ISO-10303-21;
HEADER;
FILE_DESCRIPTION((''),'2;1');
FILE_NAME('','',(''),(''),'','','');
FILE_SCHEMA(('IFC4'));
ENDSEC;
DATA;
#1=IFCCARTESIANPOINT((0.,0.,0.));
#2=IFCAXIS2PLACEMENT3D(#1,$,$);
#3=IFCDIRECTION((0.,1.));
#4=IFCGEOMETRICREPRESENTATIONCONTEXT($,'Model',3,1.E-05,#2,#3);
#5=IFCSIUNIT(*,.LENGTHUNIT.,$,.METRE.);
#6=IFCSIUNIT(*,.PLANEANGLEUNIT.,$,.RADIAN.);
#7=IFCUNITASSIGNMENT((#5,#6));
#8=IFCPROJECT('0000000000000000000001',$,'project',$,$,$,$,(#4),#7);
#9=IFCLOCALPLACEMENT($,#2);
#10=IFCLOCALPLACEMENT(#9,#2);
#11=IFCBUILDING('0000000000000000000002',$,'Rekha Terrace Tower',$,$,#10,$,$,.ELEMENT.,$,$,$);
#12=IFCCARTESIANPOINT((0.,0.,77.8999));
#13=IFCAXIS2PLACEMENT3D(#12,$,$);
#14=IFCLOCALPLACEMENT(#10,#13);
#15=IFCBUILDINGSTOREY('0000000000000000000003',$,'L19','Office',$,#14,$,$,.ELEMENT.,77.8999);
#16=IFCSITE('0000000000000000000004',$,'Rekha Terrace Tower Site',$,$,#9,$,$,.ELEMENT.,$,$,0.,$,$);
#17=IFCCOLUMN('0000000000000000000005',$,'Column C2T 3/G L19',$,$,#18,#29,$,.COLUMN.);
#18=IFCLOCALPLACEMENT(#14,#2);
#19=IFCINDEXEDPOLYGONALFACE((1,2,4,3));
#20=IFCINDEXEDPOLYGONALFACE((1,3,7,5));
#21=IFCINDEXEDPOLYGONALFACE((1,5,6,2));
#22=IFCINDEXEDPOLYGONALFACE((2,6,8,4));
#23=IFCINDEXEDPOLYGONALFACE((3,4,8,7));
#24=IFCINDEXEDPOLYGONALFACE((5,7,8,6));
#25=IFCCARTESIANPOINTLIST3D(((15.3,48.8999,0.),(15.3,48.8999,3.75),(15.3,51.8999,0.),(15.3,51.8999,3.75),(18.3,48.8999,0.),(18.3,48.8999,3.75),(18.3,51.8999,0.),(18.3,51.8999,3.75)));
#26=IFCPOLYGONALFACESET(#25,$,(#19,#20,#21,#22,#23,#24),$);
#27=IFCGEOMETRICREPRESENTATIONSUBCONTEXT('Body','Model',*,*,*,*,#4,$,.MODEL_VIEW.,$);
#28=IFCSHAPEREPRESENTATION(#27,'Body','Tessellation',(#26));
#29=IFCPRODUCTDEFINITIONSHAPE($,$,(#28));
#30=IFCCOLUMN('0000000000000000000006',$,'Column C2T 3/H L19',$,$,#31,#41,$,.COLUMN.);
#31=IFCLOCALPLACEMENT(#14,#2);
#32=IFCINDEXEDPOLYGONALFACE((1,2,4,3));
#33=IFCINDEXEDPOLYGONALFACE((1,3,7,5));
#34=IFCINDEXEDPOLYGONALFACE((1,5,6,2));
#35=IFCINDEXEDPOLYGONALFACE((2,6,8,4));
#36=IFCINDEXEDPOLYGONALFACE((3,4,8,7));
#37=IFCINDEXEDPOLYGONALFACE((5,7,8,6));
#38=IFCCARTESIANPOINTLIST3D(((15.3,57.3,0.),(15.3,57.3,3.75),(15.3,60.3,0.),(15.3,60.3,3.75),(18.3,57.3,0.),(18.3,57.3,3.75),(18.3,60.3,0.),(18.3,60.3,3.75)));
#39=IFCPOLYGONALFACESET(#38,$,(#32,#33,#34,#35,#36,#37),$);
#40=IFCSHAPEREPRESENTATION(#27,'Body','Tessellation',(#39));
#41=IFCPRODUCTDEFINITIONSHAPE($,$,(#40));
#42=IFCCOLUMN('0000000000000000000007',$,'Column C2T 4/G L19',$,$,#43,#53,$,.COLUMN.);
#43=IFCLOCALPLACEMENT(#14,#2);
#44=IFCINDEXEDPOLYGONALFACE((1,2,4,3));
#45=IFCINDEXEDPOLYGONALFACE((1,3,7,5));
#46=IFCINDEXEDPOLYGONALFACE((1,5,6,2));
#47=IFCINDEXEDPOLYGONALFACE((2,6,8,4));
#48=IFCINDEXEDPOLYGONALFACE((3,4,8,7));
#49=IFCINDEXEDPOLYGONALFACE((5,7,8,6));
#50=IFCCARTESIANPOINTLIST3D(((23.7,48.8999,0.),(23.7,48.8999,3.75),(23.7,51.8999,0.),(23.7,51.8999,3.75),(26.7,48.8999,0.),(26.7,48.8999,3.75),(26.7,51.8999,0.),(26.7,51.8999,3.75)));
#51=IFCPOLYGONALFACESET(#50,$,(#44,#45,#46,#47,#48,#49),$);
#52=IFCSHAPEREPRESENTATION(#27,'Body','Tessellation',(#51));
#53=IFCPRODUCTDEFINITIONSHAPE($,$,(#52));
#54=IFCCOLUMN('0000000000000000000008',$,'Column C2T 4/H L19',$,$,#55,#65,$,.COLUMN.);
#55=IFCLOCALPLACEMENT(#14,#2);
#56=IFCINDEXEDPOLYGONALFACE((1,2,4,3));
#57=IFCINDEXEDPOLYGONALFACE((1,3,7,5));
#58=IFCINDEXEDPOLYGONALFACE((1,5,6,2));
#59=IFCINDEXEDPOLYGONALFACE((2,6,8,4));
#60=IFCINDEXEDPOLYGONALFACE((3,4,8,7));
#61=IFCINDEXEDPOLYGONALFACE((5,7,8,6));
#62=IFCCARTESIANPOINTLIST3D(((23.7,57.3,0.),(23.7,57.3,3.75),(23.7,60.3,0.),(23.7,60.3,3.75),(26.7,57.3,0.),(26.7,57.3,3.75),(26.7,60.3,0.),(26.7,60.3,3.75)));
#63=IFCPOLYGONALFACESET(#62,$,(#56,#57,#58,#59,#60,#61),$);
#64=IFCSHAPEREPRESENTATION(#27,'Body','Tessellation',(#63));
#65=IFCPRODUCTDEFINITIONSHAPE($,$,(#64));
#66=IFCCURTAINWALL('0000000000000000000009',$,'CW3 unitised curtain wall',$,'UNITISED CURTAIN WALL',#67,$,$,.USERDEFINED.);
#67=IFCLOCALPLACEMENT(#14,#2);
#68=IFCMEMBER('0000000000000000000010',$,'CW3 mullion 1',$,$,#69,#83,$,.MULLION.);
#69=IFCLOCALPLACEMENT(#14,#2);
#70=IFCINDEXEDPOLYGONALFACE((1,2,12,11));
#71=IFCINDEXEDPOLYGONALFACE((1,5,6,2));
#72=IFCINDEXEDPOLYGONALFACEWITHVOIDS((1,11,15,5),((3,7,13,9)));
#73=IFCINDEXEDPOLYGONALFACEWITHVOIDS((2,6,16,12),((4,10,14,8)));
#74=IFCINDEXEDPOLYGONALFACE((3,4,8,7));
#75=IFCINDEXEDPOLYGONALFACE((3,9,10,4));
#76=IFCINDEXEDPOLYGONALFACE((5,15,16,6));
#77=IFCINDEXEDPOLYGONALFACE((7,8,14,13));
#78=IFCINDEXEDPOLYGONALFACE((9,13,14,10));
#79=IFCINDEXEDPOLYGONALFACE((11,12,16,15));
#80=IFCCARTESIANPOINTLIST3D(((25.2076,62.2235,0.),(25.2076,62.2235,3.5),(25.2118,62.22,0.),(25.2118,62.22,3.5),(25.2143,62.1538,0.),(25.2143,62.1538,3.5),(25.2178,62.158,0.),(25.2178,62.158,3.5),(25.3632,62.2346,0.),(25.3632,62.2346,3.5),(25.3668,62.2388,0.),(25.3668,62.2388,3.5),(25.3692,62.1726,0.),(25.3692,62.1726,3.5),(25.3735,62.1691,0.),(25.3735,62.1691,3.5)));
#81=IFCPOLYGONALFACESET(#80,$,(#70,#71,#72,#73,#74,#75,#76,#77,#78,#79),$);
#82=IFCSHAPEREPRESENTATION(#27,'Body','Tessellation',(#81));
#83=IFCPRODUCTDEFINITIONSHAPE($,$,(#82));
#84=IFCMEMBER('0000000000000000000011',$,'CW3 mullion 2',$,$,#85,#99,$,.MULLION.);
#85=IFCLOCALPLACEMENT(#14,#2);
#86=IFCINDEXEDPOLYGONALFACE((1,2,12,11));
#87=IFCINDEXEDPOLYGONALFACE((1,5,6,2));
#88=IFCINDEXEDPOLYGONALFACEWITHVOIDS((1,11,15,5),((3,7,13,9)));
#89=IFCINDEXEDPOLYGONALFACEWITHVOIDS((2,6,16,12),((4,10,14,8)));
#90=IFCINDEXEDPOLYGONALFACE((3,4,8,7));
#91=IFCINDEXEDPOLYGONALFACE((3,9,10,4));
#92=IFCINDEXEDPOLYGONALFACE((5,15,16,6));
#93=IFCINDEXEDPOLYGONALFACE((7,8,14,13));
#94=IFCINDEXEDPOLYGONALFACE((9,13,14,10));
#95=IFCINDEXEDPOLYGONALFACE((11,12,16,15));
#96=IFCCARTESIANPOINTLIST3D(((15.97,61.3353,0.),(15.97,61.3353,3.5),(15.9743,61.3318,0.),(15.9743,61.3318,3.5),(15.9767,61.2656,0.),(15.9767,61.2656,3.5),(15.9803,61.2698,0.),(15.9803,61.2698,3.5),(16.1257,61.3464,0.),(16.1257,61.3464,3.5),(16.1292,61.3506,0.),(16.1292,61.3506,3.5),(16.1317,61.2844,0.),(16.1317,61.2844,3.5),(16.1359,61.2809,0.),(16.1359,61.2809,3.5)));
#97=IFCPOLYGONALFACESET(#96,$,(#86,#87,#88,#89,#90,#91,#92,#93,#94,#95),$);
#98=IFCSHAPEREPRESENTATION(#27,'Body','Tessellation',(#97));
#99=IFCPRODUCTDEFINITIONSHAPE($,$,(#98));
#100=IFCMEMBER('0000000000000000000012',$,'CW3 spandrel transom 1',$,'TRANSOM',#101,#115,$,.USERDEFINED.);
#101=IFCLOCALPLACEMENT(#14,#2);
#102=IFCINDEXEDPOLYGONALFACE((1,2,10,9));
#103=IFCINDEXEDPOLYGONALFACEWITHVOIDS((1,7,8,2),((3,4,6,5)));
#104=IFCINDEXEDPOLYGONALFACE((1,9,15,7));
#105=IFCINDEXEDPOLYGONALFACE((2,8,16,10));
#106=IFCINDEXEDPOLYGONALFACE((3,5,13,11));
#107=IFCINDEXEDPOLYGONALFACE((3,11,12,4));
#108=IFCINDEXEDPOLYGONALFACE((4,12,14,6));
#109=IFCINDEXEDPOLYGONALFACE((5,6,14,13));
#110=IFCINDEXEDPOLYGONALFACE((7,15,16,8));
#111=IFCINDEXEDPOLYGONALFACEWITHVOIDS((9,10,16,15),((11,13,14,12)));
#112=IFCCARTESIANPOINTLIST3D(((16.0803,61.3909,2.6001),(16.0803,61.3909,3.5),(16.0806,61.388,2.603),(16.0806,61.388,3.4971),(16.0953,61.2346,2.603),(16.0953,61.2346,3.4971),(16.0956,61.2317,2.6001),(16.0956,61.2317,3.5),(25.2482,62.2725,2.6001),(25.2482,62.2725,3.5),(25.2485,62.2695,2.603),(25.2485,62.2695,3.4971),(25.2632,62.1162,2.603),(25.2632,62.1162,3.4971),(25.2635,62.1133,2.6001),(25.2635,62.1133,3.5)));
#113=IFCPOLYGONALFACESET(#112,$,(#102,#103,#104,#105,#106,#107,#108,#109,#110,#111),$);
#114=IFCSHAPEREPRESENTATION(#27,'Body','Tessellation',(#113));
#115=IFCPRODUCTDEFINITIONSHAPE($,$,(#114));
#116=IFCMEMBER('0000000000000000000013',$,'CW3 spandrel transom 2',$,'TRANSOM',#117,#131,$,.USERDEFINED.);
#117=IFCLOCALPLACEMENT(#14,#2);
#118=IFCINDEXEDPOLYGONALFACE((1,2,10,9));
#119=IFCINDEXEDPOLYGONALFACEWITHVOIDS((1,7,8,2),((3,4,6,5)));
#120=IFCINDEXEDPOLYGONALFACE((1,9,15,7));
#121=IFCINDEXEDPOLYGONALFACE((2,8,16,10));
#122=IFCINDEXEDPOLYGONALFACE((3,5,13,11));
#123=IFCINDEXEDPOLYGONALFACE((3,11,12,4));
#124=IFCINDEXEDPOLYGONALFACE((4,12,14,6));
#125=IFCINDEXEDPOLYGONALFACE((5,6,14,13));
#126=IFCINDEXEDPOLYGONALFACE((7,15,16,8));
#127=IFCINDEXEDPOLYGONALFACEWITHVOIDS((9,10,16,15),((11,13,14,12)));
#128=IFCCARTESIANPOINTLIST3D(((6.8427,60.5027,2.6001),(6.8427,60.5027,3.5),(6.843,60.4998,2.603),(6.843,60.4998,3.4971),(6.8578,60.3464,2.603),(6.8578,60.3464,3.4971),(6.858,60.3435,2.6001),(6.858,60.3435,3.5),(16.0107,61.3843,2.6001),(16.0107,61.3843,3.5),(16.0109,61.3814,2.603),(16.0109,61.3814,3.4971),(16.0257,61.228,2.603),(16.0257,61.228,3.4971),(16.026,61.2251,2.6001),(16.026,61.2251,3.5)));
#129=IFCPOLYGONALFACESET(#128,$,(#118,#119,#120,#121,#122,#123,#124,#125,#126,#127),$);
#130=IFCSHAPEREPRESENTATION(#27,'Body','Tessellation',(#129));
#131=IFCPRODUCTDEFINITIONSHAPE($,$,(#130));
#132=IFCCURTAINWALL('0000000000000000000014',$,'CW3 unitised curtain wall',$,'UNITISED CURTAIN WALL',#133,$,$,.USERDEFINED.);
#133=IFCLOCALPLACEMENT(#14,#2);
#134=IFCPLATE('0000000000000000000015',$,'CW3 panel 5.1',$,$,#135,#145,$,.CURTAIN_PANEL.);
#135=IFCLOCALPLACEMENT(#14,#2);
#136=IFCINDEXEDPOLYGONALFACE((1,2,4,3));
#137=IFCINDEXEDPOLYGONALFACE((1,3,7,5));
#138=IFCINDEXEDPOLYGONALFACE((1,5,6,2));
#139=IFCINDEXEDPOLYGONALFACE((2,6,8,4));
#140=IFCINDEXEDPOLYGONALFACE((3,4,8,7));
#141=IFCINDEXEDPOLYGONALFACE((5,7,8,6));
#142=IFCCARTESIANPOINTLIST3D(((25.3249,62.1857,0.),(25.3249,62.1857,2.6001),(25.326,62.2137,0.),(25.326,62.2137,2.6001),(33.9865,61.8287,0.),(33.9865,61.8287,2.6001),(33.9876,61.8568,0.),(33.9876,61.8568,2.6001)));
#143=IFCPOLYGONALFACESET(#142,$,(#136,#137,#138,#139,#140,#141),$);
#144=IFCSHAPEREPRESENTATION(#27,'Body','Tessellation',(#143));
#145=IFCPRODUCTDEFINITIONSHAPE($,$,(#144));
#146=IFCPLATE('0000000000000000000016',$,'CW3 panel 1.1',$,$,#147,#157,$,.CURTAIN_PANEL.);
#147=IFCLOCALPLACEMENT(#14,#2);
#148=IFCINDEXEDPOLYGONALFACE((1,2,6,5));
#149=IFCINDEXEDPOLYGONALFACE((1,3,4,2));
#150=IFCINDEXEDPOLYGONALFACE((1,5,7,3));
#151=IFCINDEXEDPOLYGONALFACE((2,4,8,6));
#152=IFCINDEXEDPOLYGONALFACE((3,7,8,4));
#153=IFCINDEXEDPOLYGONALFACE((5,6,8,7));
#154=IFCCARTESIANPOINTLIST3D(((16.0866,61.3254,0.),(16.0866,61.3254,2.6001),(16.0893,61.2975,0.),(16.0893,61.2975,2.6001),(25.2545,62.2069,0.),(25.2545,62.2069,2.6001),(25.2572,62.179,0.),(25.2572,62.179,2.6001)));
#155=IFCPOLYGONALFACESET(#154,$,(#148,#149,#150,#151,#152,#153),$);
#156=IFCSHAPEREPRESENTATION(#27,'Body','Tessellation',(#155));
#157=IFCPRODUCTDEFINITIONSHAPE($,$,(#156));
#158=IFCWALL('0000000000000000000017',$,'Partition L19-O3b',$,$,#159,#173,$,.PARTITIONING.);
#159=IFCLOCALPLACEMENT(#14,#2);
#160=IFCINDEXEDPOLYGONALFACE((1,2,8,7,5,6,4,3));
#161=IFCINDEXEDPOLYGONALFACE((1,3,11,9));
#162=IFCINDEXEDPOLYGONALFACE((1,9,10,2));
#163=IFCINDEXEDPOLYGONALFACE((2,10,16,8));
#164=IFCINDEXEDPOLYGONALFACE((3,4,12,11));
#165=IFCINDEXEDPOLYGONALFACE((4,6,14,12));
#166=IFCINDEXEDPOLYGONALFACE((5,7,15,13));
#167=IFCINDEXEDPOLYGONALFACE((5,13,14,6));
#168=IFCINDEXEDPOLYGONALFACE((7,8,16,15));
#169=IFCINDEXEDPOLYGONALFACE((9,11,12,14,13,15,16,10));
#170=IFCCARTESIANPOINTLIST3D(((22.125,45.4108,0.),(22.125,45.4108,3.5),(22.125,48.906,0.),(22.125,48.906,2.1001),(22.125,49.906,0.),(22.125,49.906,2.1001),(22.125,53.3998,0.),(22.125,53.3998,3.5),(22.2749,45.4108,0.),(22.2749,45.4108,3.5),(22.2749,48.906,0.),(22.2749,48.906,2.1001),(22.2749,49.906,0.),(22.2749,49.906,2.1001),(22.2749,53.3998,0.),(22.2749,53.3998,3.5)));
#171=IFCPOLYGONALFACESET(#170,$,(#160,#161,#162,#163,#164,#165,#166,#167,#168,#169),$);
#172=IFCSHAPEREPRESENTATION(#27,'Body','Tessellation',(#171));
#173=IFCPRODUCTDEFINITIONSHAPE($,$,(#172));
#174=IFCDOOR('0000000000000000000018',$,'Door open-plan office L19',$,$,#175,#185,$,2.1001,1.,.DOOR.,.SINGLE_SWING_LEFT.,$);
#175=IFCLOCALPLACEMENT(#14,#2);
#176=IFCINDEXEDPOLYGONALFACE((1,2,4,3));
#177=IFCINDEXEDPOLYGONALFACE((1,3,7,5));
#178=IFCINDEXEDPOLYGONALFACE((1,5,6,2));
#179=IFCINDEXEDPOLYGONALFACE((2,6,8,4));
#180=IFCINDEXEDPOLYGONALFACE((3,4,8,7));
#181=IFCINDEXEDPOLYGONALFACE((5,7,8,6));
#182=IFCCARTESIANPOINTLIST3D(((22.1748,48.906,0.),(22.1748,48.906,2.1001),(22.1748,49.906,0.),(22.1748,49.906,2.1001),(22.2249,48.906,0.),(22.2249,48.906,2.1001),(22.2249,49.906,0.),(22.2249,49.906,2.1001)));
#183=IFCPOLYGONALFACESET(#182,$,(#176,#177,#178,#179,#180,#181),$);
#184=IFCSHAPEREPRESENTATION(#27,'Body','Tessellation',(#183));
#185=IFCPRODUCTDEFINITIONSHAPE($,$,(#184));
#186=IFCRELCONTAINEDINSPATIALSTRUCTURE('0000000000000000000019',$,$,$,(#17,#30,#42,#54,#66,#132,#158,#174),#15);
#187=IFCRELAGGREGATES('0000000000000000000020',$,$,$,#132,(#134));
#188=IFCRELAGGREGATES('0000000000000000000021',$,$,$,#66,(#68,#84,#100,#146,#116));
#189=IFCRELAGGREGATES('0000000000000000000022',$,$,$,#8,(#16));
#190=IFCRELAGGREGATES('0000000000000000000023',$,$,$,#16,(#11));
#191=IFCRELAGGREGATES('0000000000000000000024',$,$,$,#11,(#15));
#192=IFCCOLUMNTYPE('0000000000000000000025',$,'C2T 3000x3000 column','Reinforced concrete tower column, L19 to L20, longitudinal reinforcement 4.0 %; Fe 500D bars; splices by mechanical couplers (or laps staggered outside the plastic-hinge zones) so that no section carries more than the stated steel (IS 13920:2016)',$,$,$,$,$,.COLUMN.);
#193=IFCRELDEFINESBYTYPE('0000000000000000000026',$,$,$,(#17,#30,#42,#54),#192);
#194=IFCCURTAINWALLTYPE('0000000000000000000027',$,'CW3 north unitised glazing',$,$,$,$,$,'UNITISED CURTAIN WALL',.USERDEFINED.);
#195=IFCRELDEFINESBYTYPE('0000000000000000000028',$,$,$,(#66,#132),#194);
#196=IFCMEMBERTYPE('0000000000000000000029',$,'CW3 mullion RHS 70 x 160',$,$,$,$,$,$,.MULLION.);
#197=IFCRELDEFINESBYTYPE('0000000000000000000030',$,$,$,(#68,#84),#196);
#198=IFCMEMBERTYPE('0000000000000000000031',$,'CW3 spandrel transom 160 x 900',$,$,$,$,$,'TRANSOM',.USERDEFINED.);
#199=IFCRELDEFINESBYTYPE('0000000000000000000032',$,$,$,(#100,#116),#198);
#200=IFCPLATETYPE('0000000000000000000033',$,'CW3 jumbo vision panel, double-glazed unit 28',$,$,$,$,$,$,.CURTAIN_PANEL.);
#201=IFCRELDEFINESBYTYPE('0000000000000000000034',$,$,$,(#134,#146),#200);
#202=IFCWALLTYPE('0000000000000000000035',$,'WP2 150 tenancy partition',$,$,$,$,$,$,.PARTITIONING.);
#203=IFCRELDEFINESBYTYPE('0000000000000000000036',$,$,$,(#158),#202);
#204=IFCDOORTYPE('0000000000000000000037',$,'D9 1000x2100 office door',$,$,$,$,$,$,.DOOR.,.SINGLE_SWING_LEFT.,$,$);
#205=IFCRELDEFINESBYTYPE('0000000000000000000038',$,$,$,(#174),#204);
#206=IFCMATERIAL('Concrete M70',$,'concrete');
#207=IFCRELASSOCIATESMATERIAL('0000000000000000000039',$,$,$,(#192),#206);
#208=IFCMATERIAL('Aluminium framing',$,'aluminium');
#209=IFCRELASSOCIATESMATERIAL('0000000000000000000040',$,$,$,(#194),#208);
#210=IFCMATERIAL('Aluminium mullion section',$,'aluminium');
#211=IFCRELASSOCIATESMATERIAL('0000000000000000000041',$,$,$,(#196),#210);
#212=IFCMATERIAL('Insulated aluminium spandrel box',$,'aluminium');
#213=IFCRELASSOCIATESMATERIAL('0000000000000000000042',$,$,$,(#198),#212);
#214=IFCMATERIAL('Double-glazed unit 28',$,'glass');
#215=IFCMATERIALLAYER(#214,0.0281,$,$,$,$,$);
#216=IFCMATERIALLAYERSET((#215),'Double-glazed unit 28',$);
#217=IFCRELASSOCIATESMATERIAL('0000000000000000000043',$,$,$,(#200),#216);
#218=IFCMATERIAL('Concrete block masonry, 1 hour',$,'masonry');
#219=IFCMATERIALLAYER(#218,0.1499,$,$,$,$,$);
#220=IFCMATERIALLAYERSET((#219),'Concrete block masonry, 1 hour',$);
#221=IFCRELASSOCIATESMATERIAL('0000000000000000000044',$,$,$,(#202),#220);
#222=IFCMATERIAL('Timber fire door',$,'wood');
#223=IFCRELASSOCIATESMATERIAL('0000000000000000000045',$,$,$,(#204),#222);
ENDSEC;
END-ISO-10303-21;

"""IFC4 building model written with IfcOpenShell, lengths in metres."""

from ifc_helpers import new_model, si_unit, direction, frame, frame_2d, origin, origin_2d, place, context, subcontext, project, spatial, rectangle, hollow_rectangle, extrude, material, layer, layer_set, material_profile, profile_set, type_object, element, fill, aggregate, save


model = new_model("IFC4")

# Units and contexts
model_context = context("Model", 3, precision=1e-05, world=origin(), true_north=direction((0.0, 1.0)))
body_context = subcontext(model_context, "Body", "Model", "MODEL_VIEW")
ifc_project = project(units=[si_unit("LENGTHUNIT", "METRE"), si_unit("PLANEANGLEUNIT", "RADIAN")], contexts=[model_context])

# Site, building, storey
site_placement = place(None, origin())
site = spatial("IfcSite", under=ifc_project, at=site_placement, Name="Rekha Terrace Tower Site", CompositionType="ELEMENT", RefElevation=0.0)
building_placement = place(site_placement, origin())
building = spatial("IfcBuilding", under=site, at=building_placement, Name="Rekha Terrace Tower", CompositionType="ELEMENT")
storey_placement = place(building_placement, frame((0.0, 0.0, 77.8999)))
storey = spatial("IfcBuildingStorey", under=building, at=storey_placement, Name="L19", Description="Office", CompositionType="ELEMENT", Elevation=77.8999)

# Columns
ifc_material_1 = material(Name="Concrete M70", Category="concrete")
ifc_material_profile_1 = material_profile(ifc_material_1, rectangle(XDim=3.0, YDim=3.0, at=origin_2d()), Name="RC 3000x3000")
ifc_profile_set_1 = profile_set([ifc_material_profile_1], Name="Concrete M70")
column_type = type_object("IfcColumnType", Name="C2T 3000x3000 column", Description="Reinforced concrete tower column, L19 to L20, longitudinal reinforcement 4.0 %; Fe 500D bars; splices by mechanical couplers (or laps staggered outside the plastic-hinge zones) so that no section carries more than the stated steel (IS 13920:2016)", PredefinedType="COLUMN", material=ifc_profile_set_1)
for number, where, z_axis, x_axis, name in (
    (1, (16.8, 50.3999, 0.0), (0.0, 0.0, 1.0), (1.0, 0.0, 0.0), "Column C2T 3/G L19"),
    (2, (16.8, 58.8, 0.0), (0.0, 0.0, 1.0), (1.0, 0.0, 0.0), "Column C2T 3/H L19"),
    (3, (25.2, 50.3999, 0.0), (0.0, 0.0, 1.0), (1.0, 0.0, 0.0), "Column C2T 4/G L19"),
    (4, (25.2, 58.8, 0.0), (0.0, 0.0, 1.0), (1.0, 0.0, 0.0), "Column C2T 4/H L19"),
):
    element("IfcColumn", number, at=place(storey_placement, frame(where, z_axis=z_axis, x_axis=x_axis)), inside=storey, type_object=column_type, Name=name, PredefinedType="COLUMN", context=body_context, shape_type="SweptSolid", body=[
        extrude(rectangle(XDim=3.0, YDim=3.0, at=origin_2d()), origin(), (0.0, 0.0, 1.0), 3.75),
    ])

# Curtain wall, members
ifc_material_2 = material(Name="Aluminium framing", Category="aluminium")
curtain_wall_type = type_object("IfcCurtainWallType", Name="CW3 north unitised glazing", ElementType="UNITISED CURTAIN WALL", PredefinedType="USERDEFINED", material=ifc_material_2)
curtain_wall_1_placement = place(storey_placement, origin())
curtain_wall_1 = element("IfcCurtainWall", 5, at=curtain_wall_1_placement, inside=storey, type_object=curtain_wall_type, Name="CW3 unitised curtain wall", ObjectType="UNITISED CURTAIN WALL", PredefinedType="USERDEFINED")
ifc_material_3 = material(Name="Aluminium mullion section", Category="aluminium")
ifc_material_profile_2 = material_profile(ifc_material_3, hollow_rectangle(XDim=0.0701, YDim=0.1599, WallThickness=0.0039, at=origin_2d()), Name="AL RHS 70x160")
ifc_profile_set_2 = profile_set([ifc_material_profile_2], Name="Aluminium mullion section")
member_type_1 = type_object("IfcMemberType", Name="CW3 mullion RHS 70 x 160", PredefinedType="MULLION", material=ifc_profile_set_2)
member_1_placement = place(storey_placement, frame((25.2905, 62.1963, 0.0), z_axis=(0.0, 0.0, 1.0), x_axis=(0.095712, -0.995409, 0.0)))
member_1 = element("IfcMember", 6, at=member_1_placement, type_object=member_type_1, Name="CW3 mullion 1", PredefinedType="MULLION", context=body_context, shape_type="SweptSolid", body=[
    extrude(hollow_rectangle(XDim=0.0701, YDim=0.1599, WallThickness=0.0039, at=origin_2d()), origin(), (0.0, 0.0, 1.0), 3.5),
])
member_2_placement = place(storey_placement, frame((16.053, 61.3081, 0.0), z_axis=(0.0, 0.0, 1.0), x_axis=(0.095712, -0.995409, 0.0)))
member_2 = element("IfcMember", 7, at=member_2_placement, type_object=member_type_1, Name="CW3 mullion 2", PredefinedType="MULLION", context=body_context, shape_type="SweptSolid", body=[
    extrude(hollow_rectangle(XDim=0.0701, YDim=0.1599, WallThickness=0.0039, at=origin_2d()), origin(), (0.0, 0.0, 1.0), 3.5),
])
ifc_material_4 = material(Name="Insulated aluminium spandrel box", Category="aluminium")
ifc_material_profile_3 = material_profile(ifc_material_4, hollow_rectangle(XDim=0.1599, YDim=0.8999, WallThickness=0.0029, at=origin_2d()), Name="AL SPANDREL BOX 160x900")
ifc_profile_set_3 = profile_set([ifc_material_profile_3], Name="Insulated aluminium spandrel box")
member_type_2 = type_object("IfcMemberType", Name="CW3 spandrel transom 160 x 900", ElementType="TRANSOM", PredefinedType="USERDEFINED", material=ifc_profile_set_3)
member_3_placement = place(storey_placement, frame((25.2559, 62.1929, 3.05), z_axis=(-0.995408, -0.095718, 0.0), x_axis=(0.095718, -0.995408, 0.0)))
member_3 = element("IfcMember", 8, at=member_3_placement, type_object=member_type_2, Name="CW3 spandrel transom 1", ObjectType="TRANSOM", PredefinedType="USERDEFINED", context=body_context, shape_type="SweptSolid", body=[
    extrude(hollow_rectangle(XDim=0.1599, YDim=0.8999, WallThickness=0.0029, at=origin_2d()), origin(), (0.0, 0.0, 1.0), 9.2102),
])
member_4_placement = place(storey_placement, frame((16.0183, 61.3047, 3.05), z_axis=(-0.995408, -0.095718, 0.0), x_axis=(0.095718, -0.995408, 0.0)))
member_4 = element("IfcMember", 9, at=member_4_placement, type_object=member_type_2, Name="CW3 spandrel transom 2", ObjectType="TRANSOM", PredefinedType="USERDEFINED", context=body_context, shape_type="SweptSolid", body=[
    extrude(hollow_rectangle(XDim=0.1599, YDim=0.8999, WallThickness=0.0029, at=origin_2d()), origin(), (0.0, 0.0, 1.0), 9.2102),
])

# Curtain wall, plate
curtain_wall_2_placement = place(storey_placement, origin())
curtain_wall_2 = element("IfcCurtainWall", 10, at=curtain_wall_2_placement, inside=storey, type_object=curtain_wall_type, Name="CW3 unitised curtain wall", ObjectType="UNITISED CURTAIN WALL", PredefinedType="USERDEFINED")
ifc_material_5 = material(Name="Double-glazed unit 28", Category="glass")
ifc_layer_1 = layer(ifc_material_5, 0.0281)
ifc_layer_set_1 = layer_set([ifc_layer_1], Name="Double-glazed unit 28")
plate_type = type_object("IfcPlateType", Name="CW3 jumbo vision panel, double-glazed unit 28", PredefinedType="CURTAIN_PANEL", material=ifc_layer_set_1)
plate_1_placement = place(storey_placement, frame((29.6562, 62.0212, 0.0), z_axis=(0.0, 0.0, 1.0), x_axis=(-0.999152, 0.041174, 0.0)))
plate_1 = element("IfcPlate", 11, at=plate_1_placement, type_object=plate_type, Name="CW3 panel 5.1", PredefinedType="CURTAIN_PANEL", context=body_context, shape_type="SweptSolid", body=[
    extrude(rectangle(XDim=8.6689, YDim=0.0281, at=origin_2d()), origin(), (0.0, 0.0, 1.0), 2.6001),
])
aggregate(curtain_wall_2, [plate_1])

# Plate
plate_2_placement = place(storey_placement, frame((20.6719, 61.7522, 0.0), z_axis=(0.0, 0.0, 1.0), x_axis=(-0.995409, -0.095712, 0.0)))
plate_2 = element("IfcPlate", 12, at=plate_2_placement, type_object=plate_type, Name="CW3 panel 1.1", PredefinedType="CURTAIN_PANEL", context=body_context, shape_type="SweptSolid", body=[
    extrude(rectangle(XDim=9.2102, YDim=0.0281, at=origin_2d()), origin(), (0.0, 0.0, 1.0), 2.6001),
])
aggregate(curtain_wall_1, [member_1, member_2, member_3, plate_2, member_4])

# Wall, opening, door
ifc_material_6 = material(Name="Concrete block masonry, 1 hour", Category="masonry")
ifc_layer_2 = layer(ifc_material_6, 0.1499)
ifc_layer_set_2 = layer_set([ifc_layer_2], Name="Concrete block masonry, 1 hour")
wall_type_1 = type_object("IfcWallType", Name="WP2 150 tenancy partition", PredefinedType="PARTITIONING", material=ifc_layer_set_2)
wall_1_placement = place(storey_placement, frame((22.2, 53.3999, 0.0), z_axis=(0.0, 0.0, 1.0), x_axis=(0.0, -1.0, 0.0)))
wall_1 = element("IfcWall", 13, at=wall_1_placement, inside=storey, type_object=wall_type_1, Name="Partition L19-O3b", PredefinedType="PARTITIONING", context=body_context, shape_type="SweptSolid", body=[
    extrude(rectangle(XDim=7.989, YDim=0.1499, at=frame_2d((3.9946, 0.0))), origin(), (0.0, 0.0, 1.0), 3.5),
])
opening_1_placement = place(wall_1_placement, frame((3.4939, 0.0, 0.0)))
opening_1 = element("IfcOpeningElement", 14, at=opening_1_placement, cuts=wall_1, PredefinedType="OPENING", context=body_context, shape_type="SweptSolid", body=[
    extrude(rectangle(XDim=1.0, YDim=2.1001, at=frame_2d((0.5, 1.05))), frame((0.0, 0.085, 0.0), z_axis=(0.0, -1.0, 0.0), x_axis=(1.0, 0.0, 0.0)), (0.0, 0.0, 1.0), 0.1699),
])
ifc_material_7 = material(Name="Timber fire door", Category="wood")
door_type = type_object("IfcDoorType", Name="D9 1000x2100 office door", OperationType="SINGLE_SWING_LEFT", PredefinedType="DOOR", material=ifc_material_7)
door_1_placement = place(opening_1_placement, origin())
door_1 = element("IfcDoor", 15, at=door_1_placement, inside=storey, type_object=door_type, Name="Door open-plan office L19", OperationType="SINGLE_SWING_LEFT", OverallHeight=2.1001, OverallWidth=1.0, PredefinedType="DOOR", context=body_context, shape_type="SweptSolid", body=[
    extrude(rectangle(XDim=1.0, YDim=2.1001, at=frame_2d((0.5, 1.05))), frame((0.0, 0.0249, 0.0), z_axis=(0.0, -1.0, 0.0), x_axis=(1.0, 0.0, 0.0)), (0.0, 0.0, 1.0), 0.05),
])
fill(opening_1, door_1)

save(model, "model.ifc")
